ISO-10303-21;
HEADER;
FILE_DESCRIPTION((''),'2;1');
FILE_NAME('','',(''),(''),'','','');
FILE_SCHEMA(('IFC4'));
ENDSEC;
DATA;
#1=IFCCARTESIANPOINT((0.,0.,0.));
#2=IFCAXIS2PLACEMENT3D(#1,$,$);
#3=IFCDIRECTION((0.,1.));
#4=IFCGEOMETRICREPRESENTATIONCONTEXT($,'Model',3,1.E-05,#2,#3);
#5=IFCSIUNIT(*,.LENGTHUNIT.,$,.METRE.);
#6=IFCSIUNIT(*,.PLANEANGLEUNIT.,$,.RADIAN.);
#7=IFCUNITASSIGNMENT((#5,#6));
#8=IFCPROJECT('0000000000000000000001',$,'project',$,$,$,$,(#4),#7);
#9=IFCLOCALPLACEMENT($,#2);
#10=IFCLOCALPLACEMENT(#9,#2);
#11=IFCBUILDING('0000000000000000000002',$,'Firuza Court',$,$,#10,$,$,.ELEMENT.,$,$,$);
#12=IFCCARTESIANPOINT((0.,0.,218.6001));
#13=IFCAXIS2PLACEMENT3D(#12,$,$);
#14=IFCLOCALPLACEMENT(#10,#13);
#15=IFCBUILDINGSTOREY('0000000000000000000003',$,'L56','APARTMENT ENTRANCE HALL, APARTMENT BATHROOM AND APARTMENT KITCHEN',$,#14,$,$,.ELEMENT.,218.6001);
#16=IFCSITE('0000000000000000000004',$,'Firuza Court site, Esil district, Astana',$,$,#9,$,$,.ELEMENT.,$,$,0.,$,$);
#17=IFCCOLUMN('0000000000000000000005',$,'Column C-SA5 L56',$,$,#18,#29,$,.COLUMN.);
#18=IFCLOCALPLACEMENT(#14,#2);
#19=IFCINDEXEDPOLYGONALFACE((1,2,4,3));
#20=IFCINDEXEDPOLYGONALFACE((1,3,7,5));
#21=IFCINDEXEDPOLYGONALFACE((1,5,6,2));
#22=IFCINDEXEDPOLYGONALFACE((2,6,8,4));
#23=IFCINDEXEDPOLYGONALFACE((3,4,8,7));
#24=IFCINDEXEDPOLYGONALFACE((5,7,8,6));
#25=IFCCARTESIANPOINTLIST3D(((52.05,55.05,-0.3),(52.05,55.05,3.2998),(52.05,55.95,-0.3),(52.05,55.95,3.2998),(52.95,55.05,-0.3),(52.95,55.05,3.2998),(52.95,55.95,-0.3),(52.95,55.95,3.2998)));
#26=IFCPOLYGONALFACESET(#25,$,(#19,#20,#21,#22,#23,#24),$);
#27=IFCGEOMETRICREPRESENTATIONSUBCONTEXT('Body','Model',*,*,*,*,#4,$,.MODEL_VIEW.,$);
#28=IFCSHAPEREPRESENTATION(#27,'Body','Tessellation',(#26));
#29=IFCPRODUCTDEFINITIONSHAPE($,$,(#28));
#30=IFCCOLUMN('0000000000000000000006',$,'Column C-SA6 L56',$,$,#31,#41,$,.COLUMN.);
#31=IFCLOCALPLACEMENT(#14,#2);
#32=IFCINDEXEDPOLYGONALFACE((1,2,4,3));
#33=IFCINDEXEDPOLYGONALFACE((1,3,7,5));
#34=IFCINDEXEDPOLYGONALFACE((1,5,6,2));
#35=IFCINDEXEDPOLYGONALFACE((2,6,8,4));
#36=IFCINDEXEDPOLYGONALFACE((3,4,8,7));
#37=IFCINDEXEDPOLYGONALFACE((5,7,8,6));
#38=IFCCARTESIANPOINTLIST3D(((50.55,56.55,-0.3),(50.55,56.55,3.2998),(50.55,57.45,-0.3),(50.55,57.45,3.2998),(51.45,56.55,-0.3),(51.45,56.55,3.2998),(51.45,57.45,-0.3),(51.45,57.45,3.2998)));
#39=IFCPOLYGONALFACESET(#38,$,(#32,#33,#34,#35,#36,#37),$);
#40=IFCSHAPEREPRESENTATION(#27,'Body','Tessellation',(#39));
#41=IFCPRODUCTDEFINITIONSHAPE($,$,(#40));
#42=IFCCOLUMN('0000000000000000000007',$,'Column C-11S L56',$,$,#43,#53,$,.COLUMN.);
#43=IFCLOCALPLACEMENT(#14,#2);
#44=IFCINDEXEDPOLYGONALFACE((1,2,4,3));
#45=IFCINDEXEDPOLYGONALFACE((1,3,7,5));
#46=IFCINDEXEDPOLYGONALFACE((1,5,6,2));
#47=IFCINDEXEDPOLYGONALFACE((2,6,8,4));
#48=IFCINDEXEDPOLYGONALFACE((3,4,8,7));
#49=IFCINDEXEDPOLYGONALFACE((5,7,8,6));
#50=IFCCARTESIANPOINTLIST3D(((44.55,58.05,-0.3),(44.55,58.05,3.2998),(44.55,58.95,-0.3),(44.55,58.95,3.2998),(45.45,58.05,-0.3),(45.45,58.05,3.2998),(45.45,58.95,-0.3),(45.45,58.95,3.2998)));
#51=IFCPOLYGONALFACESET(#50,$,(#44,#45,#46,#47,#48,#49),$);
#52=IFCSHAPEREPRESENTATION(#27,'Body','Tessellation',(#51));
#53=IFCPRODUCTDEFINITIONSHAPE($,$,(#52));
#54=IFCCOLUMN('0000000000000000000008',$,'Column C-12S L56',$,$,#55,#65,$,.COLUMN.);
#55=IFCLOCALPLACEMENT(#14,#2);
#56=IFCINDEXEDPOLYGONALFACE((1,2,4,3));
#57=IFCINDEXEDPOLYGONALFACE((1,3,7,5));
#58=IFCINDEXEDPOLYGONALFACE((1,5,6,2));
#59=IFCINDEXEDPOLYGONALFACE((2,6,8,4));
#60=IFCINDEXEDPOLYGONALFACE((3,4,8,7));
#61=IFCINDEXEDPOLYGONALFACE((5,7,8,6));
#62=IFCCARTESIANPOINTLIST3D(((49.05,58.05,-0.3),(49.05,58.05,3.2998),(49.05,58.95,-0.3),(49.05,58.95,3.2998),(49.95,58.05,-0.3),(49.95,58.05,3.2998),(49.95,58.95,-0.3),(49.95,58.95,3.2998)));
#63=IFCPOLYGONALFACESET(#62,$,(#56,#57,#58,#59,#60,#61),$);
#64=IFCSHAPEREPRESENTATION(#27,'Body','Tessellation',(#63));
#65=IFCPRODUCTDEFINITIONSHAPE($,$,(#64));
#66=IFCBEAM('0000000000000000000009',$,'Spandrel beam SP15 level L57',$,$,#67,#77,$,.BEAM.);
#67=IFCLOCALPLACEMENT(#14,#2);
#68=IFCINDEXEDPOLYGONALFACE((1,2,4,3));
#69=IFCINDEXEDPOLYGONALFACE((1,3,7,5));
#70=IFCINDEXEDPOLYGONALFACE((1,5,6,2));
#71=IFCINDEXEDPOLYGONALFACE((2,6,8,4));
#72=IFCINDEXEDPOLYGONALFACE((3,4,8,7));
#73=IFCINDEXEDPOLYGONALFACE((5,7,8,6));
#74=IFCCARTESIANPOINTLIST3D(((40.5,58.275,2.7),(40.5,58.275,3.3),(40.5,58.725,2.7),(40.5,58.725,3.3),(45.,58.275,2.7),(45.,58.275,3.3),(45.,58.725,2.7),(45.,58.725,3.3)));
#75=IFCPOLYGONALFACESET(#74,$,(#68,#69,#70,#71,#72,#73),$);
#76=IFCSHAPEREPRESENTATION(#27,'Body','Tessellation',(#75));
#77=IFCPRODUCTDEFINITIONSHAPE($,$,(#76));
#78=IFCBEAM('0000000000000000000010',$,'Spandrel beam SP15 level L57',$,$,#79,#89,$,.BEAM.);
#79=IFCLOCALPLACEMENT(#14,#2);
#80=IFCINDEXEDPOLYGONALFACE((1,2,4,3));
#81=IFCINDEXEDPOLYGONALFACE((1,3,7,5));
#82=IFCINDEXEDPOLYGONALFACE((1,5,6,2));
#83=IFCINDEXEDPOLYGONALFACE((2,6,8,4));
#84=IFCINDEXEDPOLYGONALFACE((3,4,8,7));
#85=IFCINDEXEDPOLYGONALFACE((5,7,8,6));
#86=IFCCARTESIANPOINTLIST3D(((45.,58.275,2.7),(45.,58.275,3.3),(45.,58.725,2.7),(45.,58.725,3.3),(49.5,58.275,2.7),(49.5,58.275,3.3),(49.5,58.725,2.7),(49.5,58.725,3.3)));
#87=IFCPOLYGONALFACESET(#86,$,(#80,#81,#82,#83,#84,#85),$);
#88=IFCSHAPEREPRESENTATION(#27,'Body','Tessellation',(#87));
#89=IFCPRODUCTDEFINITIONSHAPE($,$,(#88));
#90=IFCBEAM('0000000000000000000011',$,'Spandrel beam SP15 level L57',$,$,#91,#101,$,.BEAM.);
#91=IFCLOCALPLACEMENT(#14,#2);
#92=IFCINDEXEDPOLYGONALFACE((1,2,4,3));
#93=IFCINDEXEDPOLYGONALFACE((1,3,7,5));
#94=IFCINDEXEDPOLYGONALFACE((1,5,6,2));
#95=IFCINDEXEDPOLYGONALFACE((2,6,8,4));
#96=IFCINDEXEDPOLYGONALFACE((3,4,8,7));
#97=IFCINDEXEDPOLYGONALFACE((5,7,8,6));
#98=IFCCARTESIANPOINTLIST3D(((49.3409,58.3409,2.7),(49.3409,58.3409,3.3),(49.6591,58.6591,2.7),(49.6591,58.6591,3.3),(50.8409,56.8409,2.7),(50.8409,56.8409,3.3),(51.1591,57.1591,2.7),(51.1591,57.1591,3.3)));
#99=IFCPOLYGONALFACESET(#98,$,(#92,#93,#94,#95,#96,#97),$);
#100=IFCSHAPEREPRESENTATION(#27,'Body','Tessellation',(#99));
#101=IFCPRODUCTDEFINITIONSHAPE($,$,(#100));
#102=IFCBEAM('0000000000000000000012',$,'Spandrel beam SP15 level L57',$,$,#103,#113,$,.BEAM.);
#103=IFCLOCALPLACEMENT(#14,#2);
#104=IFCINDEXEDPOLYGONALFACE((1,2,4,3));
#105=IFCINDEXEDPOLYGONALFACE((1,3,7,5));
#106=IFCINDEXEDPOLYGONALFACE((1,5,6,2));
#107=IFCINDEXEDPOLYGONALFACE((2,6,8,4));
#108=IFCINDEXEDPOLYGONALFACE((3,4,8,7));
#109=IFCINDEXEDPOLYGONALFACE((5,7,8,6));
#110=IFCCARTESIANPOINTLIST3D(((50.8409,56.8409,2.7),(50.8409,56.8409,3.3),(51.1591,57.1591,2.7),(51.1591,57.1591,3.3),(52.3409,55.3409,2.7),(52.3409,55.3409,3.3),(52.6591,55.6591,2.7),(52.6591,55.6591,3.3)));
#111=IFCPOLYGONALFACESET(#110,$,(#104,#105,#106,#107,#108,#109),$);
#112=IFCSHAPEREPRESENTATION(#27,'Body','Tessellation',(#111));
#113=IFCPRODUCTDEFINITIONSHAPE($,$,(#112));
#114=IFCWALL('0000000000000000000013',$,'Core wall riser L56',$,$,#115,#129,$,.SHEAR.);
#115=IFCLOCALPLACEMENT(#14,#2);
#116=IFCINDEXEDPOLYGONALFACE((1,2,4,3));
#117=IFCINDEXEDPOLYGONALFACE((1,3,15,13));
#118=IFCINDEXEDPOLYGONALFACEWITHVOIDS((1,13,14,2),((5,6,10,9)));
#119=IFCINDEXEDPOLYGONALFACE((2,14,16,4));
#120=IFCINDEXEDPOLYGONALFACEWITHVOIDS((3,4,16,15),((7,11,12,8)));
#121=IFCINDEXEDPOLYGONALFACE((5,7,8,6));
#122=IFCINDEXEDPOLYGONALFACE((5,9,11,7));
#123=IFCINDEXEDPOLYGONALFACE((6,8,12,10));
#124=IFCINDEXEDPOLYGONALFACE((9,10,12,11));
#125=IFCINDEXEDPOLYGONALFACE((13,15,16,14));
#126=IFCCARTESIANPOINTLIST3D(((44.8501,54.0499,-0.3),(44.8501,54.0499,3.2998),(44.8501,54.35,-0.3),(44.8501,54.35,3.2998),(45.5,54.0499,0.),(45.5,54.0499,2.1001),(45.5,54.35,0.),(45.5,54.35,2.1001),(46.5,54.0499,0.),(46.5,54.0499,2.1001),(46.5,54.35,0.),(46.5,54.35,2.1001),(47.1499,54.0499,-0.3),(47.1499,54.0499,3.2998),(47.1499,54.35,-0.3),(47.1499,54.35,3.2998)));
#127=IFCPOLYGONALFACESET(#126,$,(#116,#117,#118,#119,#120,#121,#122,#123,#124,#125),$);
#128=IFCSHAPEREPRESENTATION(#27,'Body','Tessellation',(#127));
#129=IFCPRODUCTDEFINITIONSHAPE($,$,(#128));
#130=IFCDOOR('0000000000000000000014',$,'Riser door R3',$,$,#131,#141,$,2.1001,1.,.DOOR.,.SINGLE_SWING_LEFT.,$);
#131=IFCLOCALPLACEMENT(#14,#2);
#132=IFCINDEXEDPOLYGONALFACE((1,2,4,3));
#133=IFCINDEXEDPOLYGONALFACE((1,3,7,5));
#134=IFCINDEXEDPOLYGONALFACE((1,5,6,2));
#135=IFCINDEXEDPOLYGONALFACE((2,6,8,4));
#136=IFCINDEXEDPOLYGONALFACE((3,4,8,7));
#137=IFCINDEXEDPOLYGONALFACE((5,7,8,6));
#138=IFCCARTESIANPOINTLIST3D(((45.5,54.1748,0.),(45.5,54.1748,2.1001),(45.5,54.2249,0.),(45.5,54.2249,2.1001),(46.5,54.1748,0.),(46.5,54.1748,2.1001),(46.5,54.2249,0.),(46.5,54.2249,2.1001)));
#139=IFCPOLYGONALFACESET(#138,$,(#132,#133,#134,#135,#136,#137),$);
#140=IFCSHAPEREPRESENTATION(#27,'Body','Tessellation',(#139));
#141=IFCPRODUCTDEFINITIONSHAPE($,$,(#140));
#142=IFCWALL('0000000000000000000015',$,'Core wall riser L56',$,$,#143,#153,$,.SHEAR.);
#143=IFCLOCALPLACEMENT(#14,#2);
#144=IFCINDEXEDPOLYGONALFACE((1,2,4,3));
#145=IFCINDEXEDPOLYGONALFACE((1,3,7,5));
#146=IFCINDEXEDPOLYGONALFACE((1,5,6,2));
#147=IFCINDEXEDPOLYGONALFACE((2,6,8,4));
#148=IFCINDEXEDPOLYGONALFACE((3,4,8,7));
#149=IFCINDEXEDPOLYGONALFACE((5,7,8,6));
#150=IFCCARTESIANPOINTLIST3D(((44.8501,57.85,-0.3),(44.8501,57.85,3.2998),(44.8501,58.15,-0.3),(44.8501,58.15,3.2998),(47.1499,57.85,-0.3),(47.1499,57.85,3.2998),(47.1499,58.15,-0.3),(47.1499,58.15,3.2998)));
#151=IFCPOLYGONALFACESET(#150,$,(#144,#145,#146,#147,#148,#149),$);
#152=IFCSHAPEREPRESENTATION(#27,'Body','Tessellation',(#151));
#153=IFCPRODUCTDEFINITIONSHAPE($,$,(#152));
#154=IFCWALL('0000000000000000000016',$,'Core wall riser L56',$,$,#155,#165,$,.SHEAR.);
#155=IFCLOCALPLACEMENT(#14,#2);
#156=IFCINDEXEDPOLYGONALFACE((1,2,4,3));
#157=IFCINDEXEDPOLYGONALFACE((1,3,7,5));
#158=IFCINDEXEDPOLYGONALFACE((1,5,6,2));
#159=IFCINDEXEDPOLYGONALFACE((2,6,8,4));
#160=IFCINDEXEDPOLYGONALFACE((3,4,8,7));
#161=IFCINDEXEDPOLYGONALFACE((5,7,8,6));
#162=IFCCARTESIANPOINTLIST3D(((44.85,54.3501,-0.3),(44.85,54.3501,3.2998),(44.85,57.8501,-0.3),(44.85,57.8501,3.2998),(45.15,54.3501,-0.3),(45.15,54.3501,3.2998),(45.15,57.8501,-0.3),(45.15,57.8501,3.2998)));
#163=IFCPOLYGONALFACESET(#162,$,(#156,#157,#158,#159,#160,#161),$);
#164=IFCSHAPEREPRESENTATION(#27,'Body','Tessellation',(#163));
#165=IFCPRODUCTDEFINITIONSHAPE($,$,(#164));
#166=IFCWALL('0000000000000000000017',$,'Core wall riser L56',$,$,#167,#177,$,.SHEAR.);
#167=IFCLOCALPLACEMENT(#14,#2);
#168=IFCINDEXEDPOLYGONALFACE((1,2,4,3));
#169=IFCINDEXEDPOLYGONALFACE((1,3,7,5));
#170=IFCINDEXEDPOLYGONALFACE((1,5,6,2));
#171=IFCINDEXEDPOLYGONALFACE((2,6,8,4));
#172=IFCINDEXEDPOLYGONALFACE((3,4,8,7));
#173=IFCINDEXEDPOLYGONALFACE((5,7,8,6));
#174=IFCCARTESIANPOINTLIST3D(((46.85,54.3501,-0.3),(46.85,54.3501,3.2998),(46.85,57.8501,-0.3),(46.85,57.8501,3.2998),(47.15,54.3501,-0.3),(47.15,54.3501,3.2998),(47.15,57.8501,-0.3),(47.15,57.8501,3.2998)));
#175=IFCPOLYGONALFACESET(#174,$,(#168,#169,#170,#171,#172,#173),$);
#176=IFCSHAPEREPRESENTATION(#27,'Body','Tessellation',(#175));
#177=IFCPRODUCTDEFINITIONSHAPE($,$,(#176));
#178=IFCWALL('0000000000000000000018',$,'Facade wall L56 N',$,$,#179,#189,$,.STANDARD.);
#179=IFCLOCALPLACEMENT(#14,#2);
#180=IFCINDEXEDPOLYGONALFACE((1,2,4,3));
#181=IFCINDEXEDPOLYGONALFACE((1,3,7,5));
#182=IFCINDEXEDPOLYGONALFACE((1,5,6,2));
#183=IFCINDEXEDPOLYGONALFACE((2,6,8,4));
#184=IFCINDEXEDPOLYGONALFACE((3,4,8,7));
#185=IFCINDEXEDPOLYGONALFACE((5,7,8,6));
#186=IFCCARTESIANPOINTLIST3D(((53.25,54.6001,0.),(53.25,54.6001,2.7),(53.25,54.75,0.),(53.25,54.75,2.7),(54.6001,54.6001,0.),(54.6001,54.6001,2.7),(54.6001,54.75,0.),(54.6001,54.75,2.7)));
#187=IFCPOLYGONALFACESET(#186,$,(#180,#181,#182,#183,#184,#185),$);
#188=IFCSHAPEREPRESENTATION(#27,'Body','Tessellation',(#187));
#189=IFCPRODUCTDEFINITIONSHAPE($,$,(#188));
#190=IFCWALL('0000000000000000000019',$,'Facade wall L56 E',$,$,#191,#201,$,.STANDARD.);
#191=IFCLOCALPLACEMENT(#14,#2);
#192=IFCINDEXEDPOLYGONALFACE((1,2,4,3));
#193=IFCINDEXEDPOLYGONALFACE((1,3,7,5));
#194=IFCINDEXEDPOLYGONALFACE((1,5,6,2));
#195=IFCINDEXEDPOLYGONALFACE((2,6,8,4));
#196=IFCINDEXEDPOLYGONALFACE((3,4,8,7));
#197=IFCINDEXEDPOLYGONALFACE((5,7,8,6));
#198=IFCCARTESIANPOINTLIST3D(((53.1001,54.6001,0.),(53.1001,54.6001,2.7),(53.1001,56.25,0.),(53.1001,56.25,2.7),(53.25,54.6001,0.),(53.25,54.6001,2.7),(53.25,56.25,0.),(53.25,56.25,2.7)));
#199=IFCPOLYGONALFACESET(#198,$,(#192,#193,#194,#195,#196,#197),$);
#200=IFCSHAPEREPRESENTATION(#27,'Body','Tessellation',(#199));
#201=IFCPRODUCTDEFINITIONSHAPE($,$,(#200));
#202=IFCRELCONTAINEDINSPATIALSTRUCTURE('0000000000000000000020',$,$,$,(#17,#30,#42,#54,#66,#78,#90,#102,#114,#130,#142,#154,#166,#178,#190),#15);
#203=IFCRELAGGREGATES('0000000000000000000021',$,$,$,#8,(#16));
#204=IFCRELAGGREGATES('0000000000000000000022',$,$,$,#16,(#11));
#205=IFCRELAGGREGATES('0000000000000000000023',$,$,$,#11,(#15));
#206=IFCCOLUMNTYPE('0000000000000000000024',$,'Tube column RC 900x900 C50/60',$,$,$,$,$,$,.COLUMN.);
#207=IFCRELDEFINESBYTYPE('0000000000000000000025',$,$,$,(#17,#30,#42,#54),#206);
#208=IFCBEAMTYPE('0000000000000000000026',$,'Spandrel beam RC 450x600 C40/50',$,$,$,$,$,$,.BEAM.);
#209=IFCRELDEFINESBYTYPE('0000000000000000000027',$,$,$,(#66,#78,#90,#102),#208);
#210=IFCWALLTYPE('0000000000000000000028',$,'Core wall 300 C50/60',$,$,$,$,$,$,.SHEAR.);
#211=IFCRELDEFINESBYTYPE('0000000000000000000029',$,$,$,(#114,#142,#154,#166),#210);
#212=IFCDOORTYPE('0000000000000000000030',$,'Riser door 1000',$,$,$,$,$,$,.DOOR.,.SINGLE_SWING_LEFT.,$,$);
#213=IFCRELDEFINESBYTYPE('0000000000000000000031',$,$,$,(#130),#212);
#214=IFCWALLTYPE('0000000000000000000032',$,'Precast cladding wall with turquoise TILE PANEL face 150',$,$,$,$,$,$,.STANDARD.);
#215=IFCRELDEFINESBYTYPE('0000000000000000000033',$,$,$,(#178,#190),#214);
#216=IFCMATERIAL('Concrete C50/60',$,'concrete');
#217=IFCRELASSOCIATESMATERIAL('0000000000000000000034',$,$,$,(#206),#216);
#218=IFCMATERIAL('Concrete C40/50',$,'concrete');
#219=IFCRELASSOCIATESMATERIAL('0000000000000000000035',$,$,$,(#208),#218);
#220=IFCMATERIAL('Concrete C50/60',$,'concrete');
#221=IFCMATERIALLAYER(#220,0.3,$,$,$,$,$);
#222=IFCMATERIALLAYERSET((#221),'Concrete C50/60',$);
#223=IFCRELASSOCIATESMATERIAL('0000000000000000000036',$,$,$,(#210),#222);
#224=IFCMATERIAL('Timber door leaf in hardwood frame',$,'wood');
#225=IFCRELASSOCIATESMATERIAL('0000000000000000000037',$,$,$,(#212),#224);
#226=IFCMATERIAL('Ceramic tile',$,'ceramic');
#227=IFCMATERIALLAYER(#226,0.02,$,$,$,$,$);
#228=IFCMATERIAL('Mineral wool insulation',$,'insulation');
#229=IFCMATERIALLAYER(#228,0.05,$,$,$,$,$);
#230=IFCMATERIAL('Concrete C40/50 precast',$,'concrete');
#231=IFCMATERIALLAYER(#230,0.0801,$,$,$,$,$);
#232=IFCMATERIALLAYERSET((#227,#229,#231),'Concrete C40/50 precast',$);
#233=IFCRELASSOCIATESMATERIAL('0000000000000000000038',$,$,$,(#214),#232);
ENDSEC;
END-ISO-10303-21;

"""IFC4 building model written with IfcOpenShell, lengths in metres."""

from ifc_helpers import new_model, si_unit, direction, frame, frame_2d, origin, origin_2d, place, context, subcontext, project, spatial, rectangle, extrude, material, layer, layer_set, material_profile, profile_set, type_object, element, fill, save


model = new_model("IFC4")

# Units and contexts
model_context = context("Model", 3, precision=1e-05, world=origin(), true_north=direction((0.0, 1.0)))
body_context = subcontext(model_context, "Body", "Model", "MODEL_VIEW")
ifc_project = project(units=[si_unit("LENGTHUNIT", "METRE"), si_unit("PLANEANGLEUNIT", "RADIAN")], contexts=[model_context])

# Site, building, storey
site_placement = place(None, origin())
site = spatial("IfcSite", under=ifc_project, at=site_placement, Name="Firuza Court site, Esil district, Astana", CompositionType="ELEMENT", RefElevation=0.0)
building_placement = place(site_placement, origin())
building = spatial("IfcBuilding", under=site, at=building_placement, Name="Firuza Court", CompositionType="ELEMENT")
storey_placement = place(building_placement, frame((0.0, 0.0, 218.6001)))
storey = spatial("IfcBuildingStorey", under=building, at=storey_placement, Name="L56", Description="APARTMENT ENTRANCE HALL, APARTMENT BATHROOM AND APARTMENT KITCHEN", CompositionType="ELEMENT", Elevation=218.6001)

# Columns
ifc_material_1 = material(Name="Concrete C50/60", Category="concrete")
ifc_material_profile_1 = material_profile(ifc_material_1, rectangle(XDim=0.8999, YDim=0.8999, at=origin_2d()), Name="RC 900x900")
ifc_profile_set_1 = profile_set([ifc_material_profile_1], Name="Concrete C50/60")
column_type = type_object("IfcColumnType", Name="Tube column RC 900x900 C50/60", PredefinedType="COLUMN", material=ifc_profile_set_1)
for number, where, z_axis, x_axis, name in (
    (1, (52.5, 55.5, -0.3), (0.0, 0.0, 1.0), (1.0, 0.0, 0.0), "Column C-SA5 L56"),
    (2, (51.0, 57.0, -0.3), (0.0, 0.0, 1.0), (1.0, 0.0, 0.0), "Column C-SA6 L56"),
    (3, (45.0, 58.5, -0.3), (0.0, 0.0, 1.0), (1.0, 0.0, 0.0), "Column C-11S L56"),
    (4, (49.5, 58.5, -0.3), (0.0, 0.0, 1.0), (1.0, 0.0, 0.0), "Column C-12S L56"),
):
    element("IfcColumn", number, at=place(storey_placement, frame(where, z_axis=z_axis, x_axis=x_axis)), inside=storey, type_object=column_type, Name=name, PredefinedType="COLUMN", context=body_context, shape_type="SweptSolid", body=[
        extrude(rectangle(XDim=0.8999, YDim=0.8999, at=origin_2d()), origin(), (0.0, 0.0, 1.0), 3.5999),
    ])

# Beams
ifc_material_2 = material(Name="Concrete C40/50", Category="concrete")
ifc_material_profile_2 = material_profile(ifc_material_2, rectangle(XDim=0.45, YDim=0.6001, at=origin_2d()), Name="RC 450x600")
ifc_profile_set_2 = profile_set([ifc_material_profile_2], Name="Concrete C40/50")
beam_type = type_object("IfcBeamType", Name="Spandrel beam RC 450x600 C40/50", PredefinedType="BEAM", material=ifc_profile_set_2)
for number, where, z_axis, x_axis, name in (
    (5, (45.0, 58.5, 3.0), (-1.0, 0.0, 0.0), (0.0, -1.0, 0.0), "Spandrel beam SP15 level L57"),
    (6, (49.5, 58.5, 3.0), (-1.0, 0.0, 0.0), (0.0, -1.0, 0.0), "Spandrel beam SP15 level L57"),
):
    element("IfcBeam", number, at=place(storey_placement, frame(where, z_axis=z_axis, x_axis=x_axis)), inside=storey, type_object=beam_type, Name=name, PredefinedType="BEAM", context=body_context, shape_type="SweptSolid", body=[
        extrude(rectangle(XDim=0.45, YDim=0.6001, at=origin_2d()), origin(), (0.0, 0.0, 1.0), 4.5),
    ])
for number, where, z_axis, x_axis, name in (
    (7, (51.0, 57.0, 3.0), (-0.707107, 0.707107, 0.0), (-0.707107, -0.707107, 0.0), "Spandrel beam SP15 level L57"),
    (8, (52.5, 55.5, 3.0), (-0.707107, 0.707107, 0.0), (-0.707107, -0.707107, 0.0), "Spandrel beam SP15 level L57"),
):
    element("IfcBeam", number, at=place(storey_placement, frame(where, z_axis=z_axis, x_axis=x_axis)), inside=storey, type_object=beam_type, Name=name, PredefinedType="BEAM", context=body_context, shape_type="SweptSolid", body=[
        extrude(rectangle(XDim=0.45, YDim=0.6001, at=origin_2d()), origin(), (0.0, 0.0, 1.0), 2.1213),
    ])

# Wall, opening, door
ifc_material_3 = material(Name="Concrete C50/60", Category="concrete")
ifc_layer_1 = layer(ifc_material_3, 0.3)
ifc_layer_set_1 = layer_set([ifc_layer_1], Name="Concrete C50/60")
wall_type_1 = type_object("IfcWallType", Name="Core wall 300 C50/60", PredefinedType="SHEAR", material=ifc_layer_set_1)
wall_1_placement = place(storey_placement, frame((44.8501, 54.2, -0.3), z_axis=(0.0, 0.0, 1.0), x_axis=(1.0, 0.0, 0.0)))
wall_1 = element("IfcWall", 9, at=wall_1_placement, inside=storey, type_object=wall_type_1, Name="Core wall riser L56", PredefinedType="SHEAR", context=body_context, shape_type="SweptSolid", body=[
    extrude(rectangle(XDim=2.2998, YDim=0.3, at=frame_2d((1.1499, 0.0))), origin(), (0.0, 0.0, 1.0), 3.5999),
])
opening_1_placement = place(wall_1_placement, frame((0.6499, 0.0, 0.3)))
opening_1 = element("IfcOpeningElement", 10, at=opening_1_placement, cuts=wall_1, PredefinedType="OPENING", context=body_context, shape_type="SweptSolid", body=[
    extrude(rectangle(XDim=1.0, YDim=2.1001, at=frame_2d((0.5, 1.05))), frame((0.0, 0.1621, 0.0), z_axis=(0.0, -1.0, 0.0), x_axis=(1.0, 0.0, 0.0)), (0.0, 0.0, 1.0), 0.324),
])
ifc_material_4 = material(Name="Timber door leaf in hardwood frame", Category="wood")
door_type = type_object("IfcDoorType", Name="Riser door 1000", OperationType="SINGLE_SWING_LEFT", PredefinedType="DOOR", material=ifc_material_4)
door_placement = place(opening_1_placement, origin())
door = element("IfcDoor", 11, at=door_placement, inside=storey, type_object=door_type, Name="Riser door R3", OperationType="SINGLE_SWING_LEFT", OverallHeight=2.1001, OverallWidth=1.0, PredefinedType="DOOR", context=body_context, shape_type="SweptSolid", body=[
    extrude(rectangle(XDim=1.0, YDim=2.1001, at=frame_2d((0.5, 1.05))), frame((0.0, 0.0249, 0.0), z_axis=(0.0, -1.0, 0.0), x_axis=(1.0, 0.0, 0.0)), (0.0, 0.0, 1.0), 0.05),
])
fill(opening_1, door)

# Walls
wall_2_placement = place(storey_placement, frame((44.8501, 58.0, -0.3), z_axis=(0.0, 0.0, 1.0), x_axis=(1.0, 0.0, 0.0)))
element("IfcWall", 12, at=wall_2_placement, inside=storey, type_object=wall_type_1, Name="Core wall riser L56", PredefinedType="SHEAR", context=body_context, shape_type="SweptSolid", body=[
    extrude(rectangle(XDim=2.2998, YDim=0.3, at=frame_2d((1.1499, 0.0))), origin(), (0.0, 0.0, 1.0), 3.5999),
])
for number, where, z_axis, x_axis, name in (
    (13, (45.0, 54.3501, -0.3), (0.0, 0.0, 1.0), (0.0, 1.0, 0.0), "Core wall riser L56"),
    (14, (47.0, 54.3501, -0.3), (0.0, 0.0, 1.0), (0.0, 1.0, 0.0), "Core wall riser L56"),
):
    element("IfcWall", number, at=place(storey_placement, frame(where, z_axis=z_axis, x_axis=x_axis)), inside=storey, type_object=wall_type_1, Name=name, PredefinedType="SHEAR", context=body_context, shape_type="SweptSolid", body=[
        extrude(rectangle(XDim=3.5, YDim=0.3, at=frame_2d((1.75, 0.0))), origin(), (0.0, 0.0, 1.0), 3.5999),
    ])
ifc_material_5 = material(Name="Ceramic tile", Category="ceramic")
ifc_layer_2 = layer(ifc_material_5, 0.02)
ifc_material_6 = material(Name="Mineral wool insulation", Category="insulation")
ifc_layer_3 = layer(ifc_material_6, 0.05)
ifc_material_7 = material(Name="Concrete C40/50 precast", Category="concrete")
ifc_layer_4 = layer(ifc_material_7, 0.0801)
ifc_layer_set_2 = layer_set([ifc_layer_2, ifc_layer_3, ifc_layer_4], Name="Concrete C40/50 precast")
wall_type_2 = type_object("IfcWallType", Name="Precast cladding wall with turquoise TILE PANEL face 150", PredefinedType="STANDARD", material=ifc_layer_set_2)
wall_3_placement = place(storey_placement, frame((54.6001, 54.675, 0.0), z_axis=(0.0, 0.0, 1.0), x_axis=(-1.0, 0.0, 0.0)))
element("IfcWall", 15, at=wall_3_placement, inside=storey, type_object=wall_type_2, Name="Facade wall L56 N", PredefinedType="STANDARD", context=body_context, shape_type="SweptSolid", body=[
    extrude(rectangle(XDim=1.3501, YDim=0.1499, at=frame_2d((0.675, 0.0))), origin(), (0.0, 0.0, 1.0), 2.7),
])
wall_4_placement = place(storey_placement, frame((53.175, 54.6001, 0.0), z_axis=(0.0, 0.0, 1.0), x_axis=(0.0, 1.0, 0.0)))
element("IfcWall", 16, at=wall_4_placement, inside=storey, type_object=wall_type_2, Name="Facade wall L56 E", PredefinedType="STANDARD", context=body_context, shape_type="SweptSolid", body=[
    extrude(rectangle(XDim=1.6499, YDim=0.1499, at=frame_2d((0.825, 0.0))), origin(), (0.0, 0.0, 1.0), 2.7),
])

save(model, "model.ifc")
